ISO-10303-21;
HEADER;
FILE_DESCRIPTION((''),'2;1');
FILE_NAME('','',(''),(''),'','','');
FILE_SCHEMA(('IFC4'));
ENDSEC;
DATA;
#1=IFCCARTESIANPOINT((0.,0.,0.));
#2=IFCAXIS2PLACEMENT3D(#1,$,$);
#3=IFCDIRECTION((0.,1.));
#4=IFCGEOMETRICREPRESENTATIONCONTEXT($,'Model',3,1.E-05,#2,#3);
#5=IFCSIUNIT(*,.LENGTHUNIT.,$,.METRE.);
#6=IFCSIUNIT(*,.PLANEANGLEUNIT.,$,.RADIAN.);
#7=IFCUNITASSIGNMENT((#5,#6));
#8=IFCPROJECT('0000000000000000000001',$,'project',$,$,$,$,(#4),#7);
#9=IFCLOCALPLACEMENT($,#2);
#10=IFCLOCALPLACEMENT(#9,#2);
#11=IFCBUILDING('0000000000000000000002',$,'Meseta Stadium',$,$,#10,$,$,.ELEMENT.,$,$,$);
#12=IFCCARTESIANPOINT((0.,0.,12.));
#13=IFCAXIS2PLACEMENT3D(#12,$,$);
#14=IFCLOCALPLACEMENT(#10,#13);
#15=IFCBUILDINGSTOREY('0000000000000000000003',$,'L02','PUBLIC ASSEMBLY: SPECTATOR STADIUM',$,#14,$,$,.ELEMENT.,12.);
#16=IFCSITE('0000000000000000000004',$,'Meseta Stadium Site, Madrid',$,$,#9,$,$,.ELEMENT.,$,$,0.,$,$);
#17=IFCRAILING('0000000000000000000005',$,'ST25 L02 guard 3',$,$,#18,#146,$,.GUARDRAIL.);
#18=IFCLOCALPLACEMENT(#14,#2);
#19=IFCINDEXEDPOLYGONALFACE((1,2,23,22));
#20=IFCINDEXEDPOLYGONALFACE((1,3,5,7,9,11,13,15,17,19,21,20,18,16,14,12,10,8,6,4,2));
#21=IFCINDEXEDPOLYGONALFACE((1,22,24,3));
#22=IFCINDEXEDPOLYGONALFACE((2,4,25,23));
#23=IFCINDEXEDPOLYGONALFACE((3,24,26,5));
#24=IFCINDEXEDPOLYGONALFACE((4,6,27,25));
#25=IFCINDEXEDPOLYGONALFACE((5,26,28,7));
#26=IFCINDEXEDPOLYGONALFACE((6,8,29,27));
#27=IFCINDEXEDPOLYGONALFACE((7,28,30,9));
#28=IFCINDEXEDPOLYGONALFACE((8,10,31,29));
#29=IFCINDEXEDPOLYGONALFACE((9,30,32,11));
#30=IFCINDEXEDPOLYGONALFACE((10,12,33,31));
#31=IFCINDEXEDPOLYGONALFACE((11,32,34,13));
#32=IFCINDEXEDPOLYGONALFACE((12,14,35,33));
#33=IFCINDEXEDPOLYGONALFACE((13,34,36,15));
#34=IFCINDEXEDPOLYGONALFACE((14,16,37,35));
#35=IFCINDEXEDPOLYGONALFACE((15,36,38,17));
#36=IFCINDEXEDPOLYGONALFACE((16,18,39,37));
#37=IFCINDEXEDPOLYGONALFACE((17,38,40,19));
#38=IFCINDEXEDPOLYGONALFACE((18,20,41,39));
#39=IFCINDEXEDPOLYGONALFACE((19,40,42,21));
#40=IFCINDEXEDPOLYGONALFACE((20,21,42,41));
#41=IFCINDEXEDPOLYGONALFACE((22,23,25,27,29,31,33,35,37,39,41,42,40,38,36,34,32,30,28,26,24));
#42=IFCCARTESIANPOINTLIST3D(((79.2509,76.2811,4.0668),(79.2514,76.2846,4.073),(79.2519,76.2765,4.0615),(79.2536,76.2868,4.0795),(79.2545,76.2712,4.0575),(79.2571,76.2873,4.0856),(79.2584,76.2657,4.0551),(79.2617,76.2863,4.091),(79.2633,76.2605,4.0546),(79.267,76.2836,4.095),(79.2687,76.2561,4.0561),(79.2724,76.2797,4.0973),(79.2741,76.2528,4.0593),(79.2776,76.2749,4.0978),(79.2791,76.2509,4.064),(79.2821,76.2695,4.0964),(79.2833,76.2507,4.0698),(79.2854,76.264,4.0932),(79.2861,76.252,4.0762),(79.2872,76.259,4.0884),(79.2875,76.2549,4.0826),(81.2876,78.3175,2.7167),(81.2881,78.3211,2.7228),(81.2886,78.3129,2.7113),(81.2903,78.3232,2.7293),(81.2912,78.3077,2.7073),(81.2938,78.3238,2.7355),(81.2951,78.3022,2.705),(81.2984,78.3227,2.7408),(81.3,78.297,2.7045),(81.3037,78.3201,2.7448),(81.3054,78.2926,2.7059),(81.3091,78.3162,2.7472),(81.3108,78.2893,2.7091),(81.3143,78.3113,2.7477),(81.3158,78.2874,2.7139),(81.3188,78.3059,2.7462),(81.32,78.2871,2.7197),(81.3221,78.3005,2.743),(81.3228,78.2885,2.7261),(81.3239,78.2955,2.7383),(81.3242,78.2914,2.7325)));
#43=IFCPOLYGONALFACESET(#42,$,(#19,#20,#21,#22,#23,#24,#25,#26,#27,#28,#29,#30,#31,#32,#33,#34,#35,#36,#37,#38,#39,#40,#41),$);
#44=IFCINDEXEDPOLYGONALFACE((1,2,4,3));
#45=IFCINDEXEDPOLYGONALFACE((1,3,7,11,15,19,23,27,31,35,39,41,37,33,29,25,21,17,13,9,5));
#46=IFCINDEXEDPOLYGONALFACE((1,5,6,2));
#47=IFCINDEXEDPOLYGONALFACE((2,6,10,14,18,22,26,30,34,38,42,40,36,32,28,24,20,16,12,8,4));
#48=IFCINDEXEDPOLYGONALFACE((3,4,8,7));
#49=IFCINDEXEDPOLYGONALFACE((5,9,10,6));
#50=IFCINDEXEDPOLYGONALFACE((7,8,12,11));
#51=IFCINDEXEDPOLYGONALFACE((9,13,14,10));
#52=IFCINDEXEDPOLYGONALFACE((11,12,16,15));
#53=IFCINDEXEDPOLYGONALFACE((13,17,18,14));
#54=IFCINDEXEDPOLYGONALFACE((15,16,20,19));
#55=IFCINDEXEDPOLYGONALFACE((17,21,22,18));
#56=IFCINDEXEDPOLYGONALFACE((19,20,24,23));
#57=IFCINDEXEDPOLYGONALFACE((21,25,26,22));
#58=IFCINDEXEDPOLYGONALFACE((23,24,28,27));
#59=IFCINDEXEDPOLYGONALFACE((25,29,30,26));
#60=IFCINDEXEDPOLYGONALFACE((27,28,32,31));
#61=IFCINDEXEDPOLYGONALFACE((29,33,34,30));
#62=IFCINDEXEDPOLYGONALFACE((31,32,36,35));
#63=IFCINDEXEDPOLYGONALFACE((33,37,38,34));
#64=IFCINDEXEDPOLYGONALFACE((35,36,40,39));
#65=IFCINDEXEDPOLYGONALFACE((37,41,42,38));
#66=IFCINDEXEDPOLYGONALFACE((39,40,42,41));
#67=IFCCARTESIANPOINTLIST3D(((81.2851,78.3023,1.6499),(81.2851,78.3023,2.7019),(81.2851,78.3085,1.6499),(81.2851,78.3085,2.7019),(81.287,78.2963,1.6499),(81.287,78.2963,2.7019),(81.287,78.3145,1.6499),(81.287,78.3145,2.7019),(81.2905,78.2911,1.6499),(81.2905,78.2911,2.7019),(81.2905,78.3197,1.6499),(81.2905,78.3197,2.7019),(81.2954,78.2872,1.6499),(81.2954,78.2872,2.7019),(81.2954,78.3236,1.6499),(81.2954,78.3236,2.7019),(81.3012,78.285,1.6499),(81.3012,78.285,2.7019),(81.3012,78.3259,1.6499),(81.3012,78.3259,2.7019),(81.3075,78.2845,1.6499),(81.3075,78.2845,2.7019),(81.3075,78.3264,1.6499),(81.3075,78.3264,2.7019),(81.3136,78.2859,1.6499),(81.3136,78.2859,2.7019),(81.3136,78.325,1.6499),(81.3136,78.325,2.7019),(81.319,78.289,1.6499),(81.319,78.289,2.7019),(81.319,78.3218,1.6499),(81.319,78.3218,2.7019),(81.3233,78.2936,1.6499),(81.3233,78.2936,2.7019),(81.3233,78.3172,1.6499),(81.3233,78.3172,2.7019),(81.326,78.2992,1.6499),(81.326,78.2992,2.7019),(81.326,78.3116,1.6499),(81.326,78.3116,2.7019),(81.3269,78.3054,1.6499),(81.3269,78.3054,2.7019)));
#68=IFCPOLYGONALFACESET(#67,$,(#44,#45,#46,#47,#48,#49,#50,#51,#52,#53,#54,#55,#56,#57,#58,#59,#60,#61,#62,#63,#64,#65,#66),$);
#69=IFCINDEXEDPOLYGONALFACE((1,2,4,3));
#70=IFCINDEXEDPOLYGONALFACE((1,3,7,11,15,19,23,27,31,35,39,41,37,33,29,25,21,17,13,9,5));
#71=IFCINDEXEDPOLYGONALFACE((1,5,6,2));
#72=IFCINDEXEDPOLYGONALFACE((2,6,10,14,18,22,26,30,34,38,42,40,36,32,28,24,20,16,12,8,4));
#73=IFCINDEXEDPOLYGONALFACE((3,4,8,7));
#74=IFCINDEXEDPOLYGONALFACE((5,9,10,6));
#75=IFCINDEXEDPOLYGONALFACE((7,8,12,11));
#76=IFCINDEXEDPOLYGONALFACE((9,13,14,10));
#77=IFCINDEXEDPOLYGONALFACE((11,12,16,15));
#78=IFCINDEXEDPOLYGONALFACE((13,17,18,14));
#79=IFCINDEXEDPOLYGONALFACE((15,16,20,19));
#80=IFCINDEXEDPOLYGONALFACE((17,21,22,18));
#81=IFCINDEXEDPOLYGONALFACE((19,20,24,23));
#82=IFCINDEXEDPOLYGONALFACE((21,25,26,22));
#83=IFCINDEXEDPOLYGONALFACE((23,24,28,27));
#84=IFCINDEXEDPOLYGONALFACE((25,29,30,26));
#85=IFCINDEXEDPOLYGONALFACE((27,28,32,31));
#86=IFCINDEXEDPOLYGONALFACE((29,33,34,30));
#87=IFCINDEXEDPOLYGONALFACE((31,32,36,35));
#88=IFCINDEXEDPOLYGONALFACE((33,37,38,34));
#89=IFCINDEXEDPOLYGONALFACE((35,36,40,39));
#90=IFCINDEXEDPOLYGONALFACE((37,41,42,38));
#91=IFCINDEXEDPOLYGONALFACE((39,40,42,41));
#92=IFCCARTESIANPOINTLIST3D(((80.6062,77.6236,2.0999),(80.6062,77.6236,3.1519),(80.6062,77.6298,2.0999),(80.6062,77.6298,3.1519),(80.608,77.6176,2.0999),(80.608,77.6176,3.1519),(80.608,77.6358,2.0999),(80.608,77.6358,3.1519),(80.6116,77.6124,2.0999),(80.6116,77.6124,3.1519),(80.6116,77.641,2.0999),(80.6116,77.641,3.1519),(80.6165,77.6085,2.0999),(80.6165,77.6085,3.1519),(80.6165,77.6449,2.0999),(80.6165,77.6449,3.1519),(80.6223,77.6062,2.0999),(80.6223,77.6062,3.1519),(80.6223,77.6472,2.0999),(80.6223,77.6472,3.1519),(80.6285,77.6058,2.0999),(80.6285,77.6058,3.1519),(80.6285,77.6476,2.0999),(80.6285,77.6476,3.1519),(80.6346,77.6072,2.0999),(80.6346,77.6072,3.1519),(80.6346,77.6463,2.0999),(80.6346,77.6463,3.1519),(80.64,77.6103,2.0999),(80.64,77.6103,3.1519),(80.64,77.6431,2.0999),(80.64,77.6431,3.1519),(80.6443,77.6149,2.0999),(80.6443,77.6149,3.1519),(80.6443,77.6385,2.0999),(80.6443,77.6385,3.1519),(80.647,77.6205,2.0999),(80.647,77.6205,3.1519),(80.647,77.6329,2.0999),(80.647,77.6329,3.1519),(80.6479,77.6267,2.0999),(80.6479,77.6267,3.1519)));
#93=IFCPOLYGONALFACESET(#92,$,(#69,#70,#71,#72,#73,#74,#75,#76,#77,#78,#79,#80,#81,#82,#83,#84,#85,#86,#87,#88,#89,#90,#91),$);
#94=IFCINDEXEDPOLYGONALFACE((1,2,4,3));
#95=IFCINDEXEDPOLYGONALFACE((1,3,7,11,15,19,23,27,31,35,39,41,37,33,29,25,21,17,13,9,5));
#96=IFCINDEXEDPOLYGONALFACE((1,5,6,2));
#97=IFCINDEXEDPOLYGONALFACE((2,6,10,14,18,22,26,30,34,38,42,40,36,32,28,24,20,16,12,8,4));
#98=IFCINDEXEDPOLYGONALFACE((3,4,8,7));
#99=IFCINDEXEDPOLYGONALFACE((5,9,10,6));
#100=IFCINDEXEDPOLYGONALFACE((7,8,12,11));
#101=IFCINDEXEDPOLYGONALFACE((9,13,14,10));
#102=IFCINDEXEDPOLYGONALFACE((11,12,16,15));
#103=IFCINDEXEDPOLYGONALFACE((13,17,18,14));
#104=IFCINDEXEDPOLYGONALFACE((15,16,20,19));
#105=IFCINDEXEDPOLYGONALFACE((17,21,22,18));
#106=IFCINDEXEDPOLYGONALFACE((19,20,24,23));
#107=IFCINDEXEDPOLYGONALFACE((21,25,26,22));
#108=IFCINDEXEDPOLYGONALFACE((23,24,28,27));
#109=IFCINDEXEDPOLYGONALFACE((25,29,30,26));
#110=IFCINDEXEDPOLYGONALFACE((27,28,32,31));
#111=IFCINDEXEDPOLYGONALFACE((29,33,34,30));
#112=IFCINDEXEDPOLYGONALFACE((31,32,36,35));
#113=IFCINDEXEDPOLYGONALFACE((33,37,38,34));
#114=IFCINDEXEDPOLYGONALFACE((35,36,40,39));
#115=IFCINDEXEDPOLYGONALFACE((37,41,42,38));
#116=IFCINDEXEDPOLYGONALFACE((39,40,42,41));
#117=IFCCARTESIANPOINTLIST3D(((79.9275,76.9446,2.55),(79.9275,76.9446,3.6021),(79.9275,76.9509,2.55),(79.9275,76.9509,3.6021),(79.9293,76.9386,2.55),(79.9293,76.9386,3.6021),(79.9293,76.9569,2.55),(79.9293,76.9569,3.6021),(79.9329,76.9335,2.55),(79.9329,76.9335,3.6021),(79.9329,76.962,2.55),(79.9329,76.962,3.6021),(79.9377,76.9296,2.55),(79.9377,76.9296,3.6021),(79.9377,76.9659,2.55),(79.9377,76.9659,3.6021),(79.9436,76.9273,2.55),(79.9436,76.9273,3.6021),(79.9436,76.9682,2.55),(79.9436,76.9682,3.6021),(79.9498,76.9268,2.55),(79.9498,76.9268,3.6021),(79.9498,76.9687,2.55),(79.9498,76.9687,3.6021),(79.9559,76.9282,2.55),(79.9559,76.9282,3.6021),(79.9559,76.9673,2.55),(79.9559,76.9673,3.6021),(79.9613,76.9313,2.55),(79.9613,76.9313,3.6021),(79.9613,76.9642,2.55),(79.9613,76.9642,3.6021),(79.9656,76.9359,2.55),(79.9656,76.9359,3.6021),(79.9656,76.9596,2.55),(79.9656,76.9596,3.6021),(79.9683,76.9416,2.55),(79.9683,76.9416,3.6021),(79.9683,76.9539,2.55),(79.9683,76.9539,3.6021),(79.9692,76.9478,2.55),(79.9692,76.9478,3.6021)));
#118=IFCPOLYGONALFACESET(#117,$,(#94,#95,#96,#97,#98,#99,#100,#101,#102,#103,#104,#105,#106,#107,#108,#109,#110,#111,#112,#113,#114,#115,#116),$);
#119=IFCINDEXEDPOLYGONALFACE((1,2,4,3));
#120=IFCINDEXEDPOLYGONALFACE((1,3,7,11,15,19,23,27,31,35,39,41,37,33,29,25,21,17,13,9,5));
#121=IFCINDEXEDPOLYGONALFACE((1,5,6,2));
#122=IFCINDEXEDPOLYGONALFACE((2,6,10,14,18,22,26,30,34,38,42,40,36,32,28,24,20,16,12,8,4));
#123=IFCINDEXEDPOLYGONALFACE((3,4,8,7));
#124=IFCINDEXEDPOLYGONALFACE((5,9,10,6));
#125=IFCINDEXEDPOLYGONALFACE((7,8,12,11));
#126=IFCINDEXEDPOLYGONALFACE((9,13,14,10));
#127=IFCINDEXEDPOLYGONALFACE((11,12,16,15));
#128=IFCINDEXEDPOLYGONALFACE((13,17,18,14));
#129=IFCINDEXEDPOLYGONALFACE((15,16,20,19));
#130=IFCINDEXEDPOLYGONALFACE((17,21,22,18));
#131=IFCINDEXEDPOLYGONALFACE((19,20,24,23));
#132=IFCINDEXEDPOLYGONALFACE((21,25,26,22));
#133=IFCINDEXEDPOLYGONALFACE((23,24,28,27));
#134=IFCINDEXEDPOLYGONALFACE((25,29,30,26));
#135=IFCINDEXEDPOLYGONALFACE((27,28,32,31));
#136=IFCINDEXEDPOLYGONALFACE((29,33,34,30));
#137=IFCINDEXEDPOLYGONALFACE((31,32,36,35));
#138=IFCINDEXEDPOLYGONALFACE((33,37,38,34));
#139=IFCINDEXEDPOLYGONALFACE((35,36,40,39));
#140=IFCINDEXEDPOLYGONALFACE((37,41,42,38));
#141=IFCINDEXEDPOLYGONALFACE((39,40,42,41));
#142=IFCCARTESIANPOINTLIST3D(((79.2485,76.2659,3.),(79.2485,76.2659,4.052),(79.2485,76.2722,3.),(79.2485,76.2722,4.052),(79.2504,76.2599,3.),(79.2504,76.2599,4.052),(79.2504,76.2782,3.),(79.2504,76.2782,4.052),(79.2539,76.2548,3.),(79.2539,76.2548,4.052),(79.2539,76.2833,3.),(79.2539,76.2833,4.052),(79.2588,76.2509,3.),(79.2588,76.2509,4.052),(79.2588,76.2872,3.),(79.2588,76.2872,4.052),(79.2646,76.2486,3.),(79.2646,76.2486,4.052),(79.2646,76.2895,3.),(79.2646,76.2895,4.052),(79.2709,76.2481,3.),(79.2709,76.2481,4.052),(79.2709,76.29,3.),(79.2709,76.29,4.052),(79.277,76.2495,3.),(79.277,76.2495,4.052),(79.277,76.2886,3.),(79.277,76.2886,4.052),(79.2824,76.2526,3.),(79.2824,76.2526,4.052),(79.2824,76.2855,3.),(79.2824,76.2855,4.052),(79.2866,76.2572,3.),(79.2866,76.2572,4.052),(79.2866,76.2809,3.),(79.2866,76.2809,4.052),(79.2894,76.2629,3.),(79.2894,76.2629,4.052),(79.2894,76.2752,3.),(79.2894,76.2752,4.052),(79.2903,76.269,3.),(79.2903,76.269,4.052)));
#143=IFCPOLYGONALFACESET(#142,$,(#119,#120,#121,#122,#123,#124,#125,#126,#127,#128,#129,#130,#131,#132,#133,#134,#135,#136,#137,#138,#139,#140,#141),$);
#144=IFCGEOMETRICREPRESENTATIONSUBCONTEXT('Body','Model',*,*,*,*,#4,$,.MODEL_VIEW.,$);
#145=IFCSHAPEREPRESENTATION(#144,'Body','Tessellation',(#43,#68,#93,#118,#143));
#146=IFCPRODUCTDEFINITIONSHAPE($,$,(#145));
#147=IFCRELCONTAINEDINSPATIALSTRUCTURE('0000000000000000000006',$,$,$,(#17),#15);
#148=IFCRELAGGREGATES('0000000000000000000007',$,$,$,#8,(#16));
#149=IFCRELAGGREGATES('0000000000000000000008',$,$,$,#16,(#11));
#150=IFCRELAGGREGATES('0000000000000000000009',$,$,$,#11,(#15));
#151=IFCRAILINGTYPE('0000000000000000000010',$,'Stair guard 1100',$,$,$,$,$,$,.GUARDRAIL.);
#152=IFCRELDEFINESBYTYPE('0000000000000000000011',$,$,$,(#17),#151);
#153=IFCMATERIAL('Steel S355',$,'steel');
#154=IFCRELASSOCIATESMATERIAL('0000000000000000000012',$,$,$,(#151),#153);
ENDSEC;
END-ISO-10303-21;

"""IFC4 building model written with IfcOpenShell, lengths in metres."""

from ifc_helpers import new_model, si_unit, direction, frame, origin, origin_2d, place, context, subcontext, project, spatial, circle, extrude, material, type_object, element, save


model = new_model("IFC4")

# Units and contexts
model_context = context("Model", 3, precision=1e-05, world=origin(), true_north=direction((0.0, 1.0)))
body_context = subcontext(model_context, "Body", "Model", "MODEL_VIEW")
ifc_project = project(units=[si_unit("LENGTHUNIT", "METRE"), si_unit("PLANEANGLEUNIT", "RADIAN")], contexts=[model_context])

# Site, building, storey
site_placement = place(None, origin())
site = spatial("IfcSite", under=ifc_project, at=site_placement, Name="Meseta Stadium Site, Madrid", CompositionType="ELEMENT", RefElevation=0.0)
building_placement = place(site_placement, origin())
building = spatial("IfcBuilding", under=site, at=building_placement, Name="Meseta Stadium", CompositionType="ELEMENT")
storey_placement = place(building_placement, frame((0.0, 0.0, 12.0)))
storey = spatial("IfcBuildingStorey", under=building, at=storey_placement, Name="L02", Description="PUBLIC ASSEMBLY: SPECTATOR STADIUM", CompositionType="ELEMENT", Elevation=12.0)

# Railing
ifc_material_1 = material(Name="Steel S355", Category="steel")
railing_type_1 = type_object("IfcRailingType", Name="Stair guard 1100", PredefinedType="GUARDRAIL", material=ifc_material_1)
railing_1_placement = place(storey_placement, frame((81.3059, 78.3054, 1.6499)))
element("IfcRailing", 1, at=railing_1_placement, inside=storey, type_object=railing_type_1, Name="ST25 L02 guard 3", PredefinedType="GUARDRAIL", context=body_context, shape_type="SweptSolid", body=[
    extrude(circle(Radius=0.0239, at=origin_2d()), frame((0.0, 0.0, 1.0762), z_axis=(-0.640288, -0.640211, 0.424454), x_axis=(0.707064, -0.707149, 0.0)), (0.0, 0.0, 1.0), 3.1809),
    extrude(circle(Radius=0.021, at=origin_2d()), origin(), (0.0, 0.0, 1.0), 1.052),
    extrude(circle(Radius=0.021, at=origin_2d()), frame((-0.679, -0.6787, 0.45)), (0.0, 0.0, 1.0), 1.052),
    extrude(circle(Radius=0.021, at=origin_2d()), frame((-1.3577, -1.3577, 0.9001)), (0.0, 0.0, 1.0), 1.052),
    extrude(circle(Radius=0.021, at=origin_2d()), frame((-2.0366, -2.0364, 1.3501)), (0.0, 0.0, 1.0), 1.052),
])

save(model, "model.ifc")
